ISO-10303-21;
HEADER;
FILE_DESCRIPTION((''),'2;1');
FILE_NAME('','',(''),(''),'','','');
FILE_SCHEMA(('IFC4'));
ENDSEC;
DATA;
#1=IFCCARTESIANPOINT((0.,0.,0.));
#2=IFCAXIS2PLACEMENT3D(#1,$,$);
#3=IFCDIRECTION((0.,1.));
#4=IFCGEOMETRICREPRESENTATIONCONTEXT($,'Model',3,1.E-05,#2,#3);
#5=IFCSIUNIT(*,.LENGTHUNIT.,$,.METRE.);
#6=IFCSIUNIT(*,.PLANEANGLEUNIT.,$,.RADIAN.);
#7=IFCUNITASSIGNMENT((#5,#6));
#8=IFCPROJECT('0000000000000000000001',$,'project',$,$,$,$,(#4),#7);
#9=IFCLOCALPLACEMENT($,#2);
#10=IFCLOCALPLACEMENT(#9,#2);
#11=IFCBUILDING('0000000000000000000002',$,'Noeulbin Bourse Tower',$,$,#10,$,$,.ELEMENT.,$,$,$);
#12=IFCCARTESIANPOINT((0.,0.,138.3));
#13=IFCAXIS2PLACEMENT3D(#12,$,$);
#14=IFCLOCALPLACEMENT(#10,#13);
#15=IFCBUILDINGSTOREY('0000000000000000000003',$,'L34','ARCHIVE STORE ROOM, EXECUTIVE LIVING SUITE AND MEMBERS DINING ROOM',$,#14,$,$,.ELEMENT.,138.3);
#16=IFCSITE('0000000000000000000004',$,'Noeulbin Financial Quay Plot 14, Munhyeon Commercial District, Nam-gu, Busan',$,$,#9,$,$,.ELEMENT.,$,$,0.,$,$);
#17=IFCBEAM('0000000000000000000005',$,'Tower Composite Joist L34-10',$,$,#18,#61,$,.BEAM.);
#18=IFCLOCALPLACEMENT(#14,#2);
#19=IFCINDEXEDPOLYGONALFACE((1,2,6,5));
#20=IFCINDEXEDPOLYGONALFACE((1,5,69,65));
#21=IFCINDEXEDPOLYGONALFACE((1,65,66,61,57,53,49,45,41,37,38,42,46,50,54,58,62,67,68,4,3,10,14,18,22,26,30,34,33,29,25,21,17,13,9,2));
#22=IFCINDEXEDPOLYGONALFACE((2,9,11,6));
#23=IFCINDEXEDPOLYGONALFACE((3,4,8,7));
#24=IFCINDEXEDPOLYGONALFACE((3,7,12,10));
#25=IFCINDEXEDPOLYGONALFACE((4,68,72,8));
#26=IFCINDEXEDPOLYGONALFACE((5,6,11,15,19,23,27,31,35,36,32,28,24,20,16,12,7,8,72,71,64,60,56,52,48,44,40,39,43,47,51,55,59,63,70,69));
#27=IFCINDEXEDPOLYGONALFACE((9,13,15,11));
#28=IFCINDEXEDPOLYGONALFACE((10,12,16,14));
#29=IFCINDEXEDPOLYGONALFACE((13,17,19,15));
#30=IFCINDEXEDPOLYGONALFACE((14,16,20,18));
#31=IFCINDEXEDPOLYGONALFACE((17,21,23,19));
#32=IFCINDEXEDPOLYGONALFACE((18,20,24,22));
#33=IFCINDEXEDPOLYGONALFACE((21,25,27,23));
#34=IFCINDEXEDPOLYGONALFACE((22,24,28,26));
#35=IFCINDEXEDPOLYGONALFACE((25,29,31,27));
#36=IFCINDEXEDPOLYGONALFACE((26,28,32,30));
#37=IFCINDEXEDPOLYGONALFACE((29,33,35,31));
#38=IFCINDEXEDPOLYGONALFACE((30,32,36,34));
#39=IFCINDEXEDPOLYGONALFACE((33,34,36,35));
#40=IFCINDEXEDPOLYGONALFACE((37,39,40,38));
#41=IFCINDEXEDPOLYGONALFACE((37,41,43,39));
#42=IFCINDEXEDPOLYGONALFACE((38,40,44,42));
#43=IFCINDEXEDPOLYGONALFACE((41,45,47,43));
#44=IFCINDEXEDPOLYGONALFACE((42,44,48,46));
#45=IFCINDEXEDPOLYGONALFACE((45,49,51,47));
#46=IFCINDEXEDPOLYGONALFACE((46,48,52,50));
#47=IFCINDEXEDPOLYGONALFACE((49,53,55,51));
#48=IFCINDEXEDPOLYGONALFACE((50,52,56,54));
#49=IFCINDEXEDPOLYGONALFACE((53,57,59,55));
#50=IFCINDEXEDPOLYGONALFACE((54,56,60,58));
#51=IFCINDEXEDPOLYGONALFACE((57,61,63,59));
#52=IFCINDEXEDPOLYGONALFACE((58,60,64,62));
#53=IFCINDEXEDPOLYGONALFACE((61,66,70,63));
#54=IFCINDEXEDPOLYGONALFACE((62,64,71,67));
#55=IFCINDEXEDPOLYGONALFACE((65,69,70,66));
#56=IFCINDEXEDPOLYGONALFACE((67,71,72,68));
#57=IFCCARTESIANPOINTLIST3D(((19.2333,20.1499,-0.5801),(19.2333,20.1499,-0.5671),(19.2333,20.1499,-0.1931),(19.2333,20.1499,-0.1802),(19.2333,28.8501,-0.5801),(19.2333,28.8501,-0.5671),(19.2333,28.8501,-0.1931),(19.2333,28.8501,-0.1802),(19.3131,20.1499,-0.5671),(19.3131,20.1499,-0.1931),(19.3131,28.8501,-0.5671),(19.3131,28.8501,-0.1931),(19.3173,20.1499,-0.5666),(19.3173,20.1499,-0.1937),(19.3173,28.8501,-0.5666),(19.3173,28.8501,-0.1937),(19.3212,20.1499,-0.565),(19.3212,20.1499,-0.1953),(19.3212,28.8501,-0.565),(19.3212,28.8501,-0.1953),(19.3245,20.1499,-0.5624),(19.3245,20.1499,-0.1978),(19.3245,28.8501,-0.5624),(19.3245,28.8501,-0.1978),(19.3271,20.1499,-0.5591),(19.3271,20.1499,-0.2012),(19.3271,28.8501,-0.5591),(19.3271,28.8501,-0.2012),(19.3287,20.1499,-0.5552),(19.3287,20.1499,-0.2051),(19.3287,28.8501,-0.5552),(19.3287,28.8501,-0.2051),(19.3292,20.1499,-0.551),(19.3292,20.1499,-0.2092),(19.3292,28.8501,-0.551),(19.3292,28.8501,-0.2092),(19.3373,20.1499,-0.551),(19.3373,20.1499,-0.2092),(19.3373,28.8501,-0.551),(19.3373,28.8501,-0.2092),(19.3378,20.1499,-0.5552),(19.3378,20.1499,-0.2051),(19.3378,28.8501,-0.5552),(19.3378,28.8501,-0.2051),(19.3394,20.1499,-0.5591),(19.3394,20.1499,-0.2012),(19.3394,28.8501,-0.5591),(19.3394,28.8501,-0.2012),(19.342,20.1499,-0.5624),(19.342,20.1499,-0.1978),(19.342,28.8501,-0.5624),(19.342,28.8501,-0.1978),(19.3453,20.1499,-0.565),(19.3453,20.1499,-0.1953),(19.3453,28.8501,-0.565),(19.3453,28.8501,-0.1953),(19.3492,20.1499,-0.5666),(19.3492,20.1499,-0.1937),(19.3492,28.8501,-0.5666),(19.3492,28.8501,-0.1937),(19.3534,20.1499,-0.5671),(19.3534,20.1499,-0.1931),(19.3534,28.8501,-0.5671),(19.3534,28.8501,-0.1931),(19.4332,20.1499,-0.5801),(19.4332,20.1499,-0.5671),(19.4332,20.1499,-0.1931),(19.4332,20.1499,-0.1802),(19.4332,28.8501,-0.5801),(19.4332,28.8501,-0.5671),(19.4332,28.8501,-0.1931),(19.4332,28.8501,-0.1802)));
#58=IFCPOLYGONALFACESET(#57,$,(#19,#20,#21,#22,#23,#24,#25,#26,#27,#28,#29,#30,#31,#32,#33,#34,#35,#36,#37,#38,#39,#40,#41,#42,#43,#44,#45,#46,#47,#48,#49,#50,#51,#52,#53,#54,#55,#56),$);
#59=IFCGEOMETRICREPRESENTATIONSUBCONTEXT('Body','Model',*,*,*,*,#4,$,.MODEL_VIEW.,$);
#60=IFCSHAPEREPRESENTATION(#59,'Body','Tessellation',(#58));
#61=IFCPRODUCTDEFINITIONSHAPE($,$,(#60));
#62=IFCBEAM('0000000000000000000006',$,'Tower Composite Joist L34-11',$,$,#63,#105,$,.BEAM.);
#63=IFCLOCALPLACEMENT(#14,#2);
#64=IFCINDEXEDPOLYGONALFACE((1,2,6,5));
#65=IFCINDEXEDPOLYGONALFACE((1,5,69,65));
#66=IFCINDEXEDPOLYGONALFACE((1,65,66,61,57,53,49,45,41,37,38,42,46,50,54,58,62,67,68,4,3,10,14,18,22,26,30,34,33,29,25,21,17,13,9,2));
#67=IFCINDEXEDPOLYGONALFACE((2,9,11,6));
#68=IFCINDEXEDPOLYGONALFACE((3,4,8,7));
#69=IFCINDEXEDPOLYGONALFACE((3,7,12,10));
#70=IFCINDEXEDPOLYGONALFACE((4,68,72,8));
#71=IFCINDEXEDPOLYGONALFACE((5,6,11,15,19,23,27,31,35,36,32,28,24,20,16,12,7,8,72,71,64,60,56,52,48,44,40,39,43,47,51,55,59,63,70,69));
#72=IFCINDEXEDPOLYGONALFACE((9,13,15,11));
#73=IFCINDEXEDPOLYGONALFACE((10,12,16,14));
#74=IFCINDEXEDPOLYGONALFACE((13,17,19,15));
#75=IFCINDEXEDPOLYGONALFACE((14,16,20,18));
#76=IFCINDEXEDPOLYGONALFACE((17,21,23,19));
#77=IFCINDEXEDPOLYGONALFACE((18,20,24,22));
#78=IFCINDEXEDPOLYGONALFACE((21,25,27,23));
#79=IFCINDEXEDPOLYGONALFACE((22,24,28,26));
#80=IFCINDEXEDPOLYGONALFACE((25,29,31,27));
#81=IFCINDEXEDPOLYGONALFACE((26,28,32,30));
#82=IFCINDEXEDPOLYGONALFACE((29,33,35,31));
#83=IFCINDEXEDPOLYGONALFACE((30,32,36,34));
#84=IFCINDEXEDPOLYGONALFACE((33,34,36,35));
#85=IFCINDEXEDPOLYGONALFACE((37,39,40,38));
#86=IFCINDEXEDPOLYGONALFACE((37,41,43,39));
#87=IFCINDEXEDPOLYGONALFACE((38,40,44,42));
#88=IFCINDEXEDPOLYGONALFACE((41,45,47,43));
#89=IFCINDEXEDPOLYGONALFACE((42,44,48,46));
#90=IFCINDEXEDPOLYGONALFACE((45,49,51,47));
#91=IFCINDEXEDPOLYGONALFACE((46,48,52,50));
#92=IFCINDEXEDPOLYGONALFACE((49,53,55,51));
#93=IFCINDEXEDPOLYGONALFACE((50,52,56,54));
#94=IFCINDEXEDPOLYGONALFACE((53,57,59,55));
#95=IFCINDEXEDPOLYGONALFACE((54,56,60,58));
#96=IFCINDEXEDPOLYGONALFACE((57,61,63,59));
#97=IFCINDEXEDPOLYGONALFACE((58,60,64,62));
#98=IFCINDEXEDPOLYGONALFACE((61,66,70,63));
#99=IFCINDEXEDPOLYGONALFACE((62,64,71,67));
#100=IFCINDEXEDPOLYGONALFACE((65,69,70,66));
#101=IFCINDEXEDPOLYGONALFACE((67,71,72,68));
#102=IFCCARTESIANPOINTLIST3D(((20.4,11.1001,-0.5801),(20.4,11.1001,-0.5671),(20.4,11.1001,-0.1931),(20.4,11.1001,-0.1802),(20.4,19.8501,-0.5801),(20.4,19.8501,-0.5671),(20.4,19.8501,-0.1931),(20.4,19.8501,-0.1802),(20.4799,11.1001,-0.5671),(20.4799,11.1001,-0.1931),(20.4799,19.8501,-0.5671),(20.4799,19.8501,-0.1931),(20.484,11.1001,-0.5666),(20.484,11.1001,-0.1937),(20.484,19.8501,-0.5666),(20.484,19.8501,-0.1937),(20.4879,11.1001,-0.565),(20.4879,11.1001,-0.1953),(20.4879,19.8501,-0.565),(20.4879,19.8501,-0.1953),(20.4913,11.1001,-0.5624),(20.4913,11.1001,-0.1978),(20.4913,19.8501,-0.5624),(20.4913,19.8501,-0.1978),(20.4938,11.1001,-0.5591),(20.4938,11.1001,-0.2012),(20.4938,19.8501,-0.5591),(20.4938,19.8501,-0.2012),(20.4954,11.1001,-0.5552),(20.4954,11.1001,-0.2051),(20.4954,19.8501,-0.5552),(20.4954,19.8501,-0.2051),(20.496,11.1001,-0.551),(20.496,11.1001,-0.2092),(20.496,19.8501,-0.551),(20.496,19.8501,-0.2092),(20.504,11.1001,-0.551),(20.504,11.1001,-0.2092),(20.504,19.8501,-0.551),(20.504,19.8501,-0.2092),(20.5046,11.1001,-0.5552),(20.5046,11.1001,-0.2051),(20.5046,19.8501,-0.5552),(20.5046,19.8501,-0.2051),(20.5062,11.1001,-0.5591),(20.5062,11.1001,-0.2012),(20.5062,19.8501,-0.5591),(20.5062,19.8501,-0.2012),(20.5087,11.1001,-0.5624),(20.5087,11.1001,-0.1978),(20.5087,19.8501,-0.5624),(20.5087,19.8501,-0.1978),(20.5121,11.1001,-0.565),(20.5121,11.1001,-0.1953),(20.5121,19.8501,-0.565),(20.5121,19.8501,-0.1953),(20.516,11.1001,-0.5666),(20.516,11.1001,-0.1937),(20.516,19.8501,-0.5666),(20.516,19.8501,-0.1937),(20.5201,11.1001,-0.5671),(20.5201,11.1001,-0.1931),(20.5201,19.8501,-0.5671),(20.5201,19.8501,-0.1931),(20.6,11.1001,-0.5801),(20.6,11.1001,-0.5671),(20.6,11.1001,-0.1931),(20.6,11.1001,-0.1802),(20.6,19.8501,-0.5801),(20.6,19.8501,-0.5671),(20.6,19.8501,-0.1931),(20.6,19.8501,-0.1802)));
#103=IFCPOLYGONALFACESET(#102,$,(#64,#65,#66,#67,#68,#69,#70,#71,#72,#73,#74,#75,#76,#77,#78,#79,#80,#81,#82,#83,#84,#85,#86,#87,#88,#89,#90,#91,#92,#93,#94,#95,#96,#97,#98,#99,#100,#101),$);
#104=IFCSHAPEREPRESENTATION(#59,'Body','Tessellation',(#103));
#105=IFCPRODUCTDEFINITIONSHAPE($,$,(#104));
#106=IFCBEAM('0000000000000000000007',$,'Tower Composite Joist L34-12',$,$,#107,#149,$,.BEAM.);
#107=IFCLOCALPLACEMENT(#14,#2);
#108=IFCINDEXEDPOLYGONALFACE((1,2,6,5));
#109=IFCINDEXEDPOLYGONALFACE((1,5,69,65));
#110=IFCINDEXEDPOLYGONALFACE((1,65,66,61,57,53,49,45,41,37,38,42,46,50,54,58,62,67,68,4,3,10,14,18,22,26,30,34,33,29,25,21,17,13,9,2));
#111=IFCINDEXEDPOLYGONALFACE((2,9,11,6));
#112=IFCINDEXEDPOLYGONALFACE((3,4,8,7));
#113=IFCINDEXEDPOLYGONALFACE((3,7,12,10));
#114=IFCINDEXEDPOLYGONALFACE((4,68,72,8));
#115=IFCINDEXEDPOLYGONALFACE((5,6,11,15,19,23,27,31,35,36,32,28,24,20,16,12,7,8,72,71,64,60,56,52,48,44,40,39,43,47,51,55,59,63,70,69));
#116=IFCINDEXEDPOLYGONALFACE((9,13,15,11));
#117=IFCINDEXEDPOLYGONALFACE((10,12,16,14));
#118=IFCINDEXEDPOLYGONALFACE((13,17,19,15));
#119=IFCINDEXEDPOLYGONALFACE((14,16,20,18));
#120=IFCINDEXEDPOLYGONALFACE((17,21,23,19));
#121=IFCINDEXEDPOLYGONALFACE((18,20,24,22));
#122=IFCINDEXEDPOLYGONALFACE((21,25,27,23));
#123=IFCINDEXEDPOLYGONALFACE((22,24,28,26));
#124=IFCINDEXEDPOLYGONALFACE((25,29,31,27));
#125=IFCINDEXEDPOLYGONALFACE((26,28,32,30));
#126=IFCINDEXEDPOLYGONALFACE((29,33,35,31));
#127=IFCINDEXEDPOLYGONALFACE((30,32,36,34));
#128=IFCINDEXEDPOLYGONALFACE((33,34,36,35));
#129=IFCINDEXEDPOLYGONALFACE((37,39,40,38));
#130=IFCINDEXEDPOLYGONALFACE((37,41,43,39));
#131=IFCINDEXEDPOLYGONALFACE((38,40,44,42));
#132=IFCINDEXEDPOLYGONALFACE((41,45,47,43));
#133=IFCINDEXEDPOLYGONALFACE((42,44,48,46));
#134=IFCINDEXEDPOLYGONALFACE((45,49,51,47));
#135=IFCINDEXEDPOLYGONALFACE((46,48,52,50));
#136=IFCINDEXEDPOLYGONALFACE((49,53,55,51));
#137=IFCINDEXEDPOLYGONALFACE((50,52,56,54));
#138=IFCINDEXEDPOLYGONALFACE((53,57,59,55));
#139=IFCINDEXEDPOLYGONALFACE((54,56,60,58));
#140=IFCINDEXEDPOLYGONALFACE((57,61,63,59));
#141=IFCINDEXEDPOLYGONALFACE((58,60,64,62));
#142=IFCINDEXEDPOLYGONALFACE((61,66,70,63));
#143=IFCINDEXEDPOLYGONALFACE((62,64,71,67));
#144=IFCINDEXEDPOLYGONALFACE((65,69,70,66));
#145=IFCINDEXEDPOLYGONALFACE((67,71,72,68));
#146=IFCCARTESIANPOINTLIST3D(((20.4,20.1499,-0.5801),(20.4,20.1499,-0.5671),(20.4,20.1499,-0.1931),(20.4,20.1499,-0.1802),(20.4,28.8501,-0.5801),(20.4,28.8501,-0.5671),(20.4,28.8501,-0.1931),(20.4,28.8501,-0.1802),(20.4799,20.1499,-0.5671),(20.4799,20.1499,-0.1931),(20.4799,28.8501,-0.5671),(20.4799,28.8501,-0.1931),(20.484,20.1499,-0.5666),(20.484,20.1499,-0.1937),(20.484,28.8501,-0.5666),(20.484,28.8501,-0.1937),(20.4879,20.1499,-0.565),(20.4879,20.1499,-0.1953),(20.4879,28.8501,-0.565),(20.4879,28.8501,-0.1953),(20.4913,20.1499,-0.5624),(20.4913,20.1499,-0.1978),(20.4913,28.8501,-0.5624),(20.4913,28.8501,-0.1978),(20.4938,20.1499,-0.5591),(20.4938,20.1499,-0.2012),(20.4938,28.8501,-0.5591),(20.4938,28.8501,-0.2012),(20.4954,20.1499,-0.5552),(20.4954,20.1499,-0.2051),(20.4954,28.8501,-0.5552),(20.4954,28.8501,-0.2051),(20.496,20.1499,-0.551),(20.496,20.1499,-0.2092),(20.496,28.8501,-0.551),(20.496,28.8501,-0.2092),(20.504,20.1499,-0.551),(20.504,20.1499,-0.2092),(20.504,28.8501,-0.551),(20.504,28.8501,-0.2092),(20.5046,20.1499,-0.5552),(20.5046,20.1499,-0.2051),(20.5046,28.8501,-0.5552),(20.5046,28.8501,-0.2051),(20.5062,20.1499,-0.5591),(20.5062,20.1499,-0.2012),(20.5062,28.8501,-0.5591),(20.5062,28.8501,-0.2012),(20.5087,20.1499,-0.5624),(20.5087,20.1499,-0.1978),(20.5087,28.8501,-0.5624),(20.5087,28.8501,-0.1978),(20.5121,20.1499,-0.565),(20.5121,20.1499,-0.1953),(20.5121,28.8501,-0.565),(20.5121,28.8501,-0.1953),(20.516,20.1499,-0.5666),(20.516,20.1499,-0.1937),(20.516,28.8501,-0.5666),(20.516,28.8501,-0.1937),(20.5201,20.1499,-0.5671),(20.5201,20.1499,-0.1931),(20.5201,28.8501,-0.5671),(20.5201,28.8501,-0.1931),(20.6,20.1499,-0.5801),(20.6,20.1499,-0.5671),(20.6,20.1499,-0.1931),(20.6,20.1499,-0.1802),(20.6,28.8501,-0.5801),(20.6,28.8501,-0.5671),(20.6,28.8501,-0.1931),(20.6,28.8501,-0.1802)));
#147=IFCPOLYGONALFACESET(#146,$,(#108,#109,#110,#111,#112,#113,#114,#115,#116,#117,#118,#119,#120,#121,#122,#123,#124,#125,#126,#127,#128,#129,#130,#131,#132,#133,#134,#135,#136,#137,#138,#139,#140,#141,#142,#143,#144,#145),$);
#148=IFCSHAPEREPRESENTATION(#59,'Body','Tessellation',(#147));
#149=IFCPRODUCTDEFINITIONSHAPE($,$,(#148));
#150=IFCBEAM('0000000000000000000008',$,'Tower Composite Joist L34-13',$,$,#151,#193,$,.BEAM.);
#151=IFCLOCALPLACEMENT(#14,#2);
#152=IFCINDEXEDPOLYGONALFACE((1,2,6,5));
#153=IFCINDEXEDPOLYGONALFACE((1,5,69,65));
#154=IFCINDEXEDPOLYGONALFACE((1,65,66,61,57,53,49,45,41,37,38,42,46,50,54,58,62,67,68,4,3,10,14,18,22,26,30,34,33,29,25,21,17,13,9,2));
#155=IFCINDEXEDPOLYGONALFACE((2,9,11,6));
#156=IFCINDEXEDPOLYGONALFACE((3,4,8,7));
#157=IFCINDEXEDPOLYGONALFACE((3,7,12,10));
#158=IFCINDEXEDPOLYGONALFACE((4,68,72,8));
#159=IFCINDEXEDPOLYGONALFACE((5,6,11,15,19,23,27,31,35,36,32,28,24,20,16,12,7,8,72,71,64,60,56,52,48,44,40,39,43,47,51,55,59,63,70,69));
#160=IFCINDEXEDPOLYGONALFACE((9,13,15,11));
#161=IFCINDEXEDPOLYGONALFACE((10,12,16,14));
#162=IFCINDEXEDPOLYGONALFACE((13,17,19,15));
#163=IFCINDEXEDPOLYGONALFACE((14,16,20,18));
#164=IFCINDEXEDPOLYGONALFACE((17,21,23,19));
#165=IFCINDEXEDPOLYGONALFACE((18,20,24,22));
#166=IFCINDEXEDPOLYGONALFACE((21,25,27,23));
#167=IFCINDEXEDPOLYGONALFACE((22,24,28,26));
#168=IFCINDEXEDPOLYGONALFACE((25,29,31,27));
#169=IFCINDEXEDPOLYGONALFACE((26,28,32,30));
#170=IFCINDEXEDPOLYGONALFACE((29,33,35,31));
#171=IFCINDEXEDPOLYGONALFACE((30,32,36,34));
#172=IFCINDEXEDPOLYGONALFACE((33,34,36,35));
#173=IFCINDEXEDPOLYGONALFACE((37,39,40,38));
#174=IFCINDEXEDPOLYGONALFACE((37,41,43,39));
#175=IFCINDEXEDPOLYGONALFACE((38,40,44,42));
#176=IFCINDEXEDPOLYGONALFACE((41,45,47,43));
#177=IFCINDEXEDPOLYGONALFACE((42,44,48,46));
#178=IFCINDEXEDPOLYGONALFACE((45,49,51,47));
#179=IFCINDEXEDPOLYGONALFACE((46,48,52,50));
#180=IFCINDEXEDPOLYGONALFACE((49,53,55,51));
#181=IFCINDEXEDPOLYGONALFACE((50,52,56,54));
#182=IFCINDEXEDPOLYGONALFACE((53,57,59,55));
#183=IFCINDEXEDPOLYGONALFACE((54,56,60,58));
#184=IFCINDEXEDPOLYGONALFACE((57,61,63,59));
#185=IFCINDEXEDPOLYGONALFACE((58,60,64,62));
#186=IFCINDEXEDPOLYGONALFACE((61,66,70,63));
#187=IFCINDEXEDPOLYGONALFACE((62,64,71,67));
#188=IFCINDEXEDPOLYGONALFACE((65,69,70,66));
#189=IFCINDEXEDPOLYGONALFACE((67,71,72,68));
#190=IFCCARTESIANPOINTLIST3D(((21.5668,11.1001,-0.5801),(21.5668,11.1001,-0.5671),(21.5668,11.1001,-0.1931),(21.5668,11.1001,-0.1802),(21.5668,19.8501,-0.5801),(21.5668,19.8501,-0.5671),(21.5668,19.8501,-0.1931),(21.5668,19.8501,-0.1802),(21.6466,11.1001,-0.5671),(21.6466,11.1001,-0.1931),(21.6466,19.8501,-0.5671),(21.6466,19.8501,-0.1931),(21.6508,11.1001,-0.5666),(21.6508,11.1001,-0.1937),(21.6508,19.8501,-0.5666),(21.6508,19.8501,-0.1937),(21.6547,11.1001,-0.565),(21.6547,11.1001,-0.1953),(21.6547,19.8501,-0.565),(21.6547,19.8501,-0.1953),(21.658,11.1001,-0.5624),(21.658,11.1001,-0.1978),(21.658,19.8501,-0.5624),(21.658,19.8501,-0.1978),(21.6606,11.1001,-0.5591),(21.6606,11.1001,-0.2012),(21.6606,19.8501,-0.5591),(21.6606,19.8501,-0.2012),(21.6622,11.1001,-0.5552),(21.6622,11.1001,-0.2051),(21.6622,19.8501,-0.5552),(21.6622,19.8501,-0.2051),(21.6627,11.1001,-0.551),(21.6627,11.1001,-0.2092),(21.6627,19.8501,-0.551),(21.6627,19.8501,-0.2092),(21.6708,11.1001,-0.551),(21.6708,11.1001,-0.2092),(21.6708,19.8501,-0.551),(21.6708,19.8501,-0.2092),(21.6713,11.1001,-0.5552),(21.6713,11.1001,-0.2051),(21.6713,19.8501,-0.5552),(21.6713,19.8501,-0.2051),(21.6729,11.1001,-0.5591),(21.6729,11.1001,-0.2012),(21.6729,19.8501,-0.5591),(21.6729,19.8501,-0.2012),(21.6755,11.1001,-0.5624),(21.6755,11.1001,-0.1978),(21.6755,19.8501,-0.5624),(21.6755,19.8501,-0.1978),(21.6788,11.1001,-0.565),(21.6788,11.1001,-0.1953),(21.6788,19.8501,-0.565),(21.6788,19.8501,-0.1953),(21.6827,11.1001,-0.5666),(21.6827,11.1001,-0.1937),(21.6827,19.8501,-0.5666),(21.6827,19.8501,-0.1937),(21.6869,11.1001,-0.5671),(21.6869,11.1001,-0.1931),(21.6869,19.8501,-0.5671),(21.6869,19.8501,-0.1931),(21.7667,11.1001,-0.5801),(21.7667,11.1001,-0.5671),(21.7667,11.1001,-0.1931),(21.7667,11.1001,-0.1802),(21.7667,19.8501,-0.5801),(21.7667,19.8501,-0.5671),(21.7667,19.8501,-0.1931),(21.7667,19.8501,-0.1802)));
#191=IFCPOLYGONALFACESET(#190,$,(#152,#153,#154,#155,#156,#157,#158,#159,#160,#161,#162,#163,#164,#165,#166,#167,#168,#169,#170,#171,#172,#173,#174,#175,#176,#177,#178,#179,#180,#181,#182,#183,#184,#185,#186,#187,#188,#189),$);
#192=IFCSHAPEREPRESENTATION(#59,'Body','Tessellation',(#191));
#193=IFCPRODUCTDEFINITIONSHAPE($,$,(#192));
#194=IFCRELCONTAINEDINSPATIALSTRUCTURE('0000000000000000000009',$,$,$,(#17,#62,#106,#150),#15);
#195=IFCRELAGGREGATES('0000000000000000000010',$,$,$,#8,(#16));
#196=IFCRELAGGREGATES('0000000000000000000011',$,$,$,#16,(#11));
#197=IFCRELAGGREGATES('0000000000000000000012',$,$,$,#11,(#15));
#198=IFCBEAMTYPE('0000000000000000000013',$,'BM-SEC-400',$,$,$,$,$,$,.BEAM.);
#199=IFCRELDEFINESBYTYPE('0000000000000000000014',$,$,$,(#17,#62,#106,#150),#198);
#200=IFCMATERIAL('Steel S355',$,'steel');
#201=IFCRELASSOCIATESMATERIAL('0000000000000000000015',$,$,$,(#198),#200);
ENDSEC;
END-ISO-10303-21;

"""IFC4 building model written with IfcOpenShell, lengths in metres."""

from ifc_helpers import new_model, si_unit, direction, frame, origin, origin_2d, place, context, subcontext, project, spatial, i_section, extrude, material, material_profile, profile_set, type_object, element, save


model = new_model("IFC4")

# Units and contexts
model_context = context("Model", 3, precision=1e-05, world=origin(), true_north=direction((0.0, 1.0)))
body_context = subcontext(model_context, "Body", "Model", "MODEL_VIEW")
ifc_project = project(units=[si_unit("LENGTHUNIT", "METRE"), si_unit("PLANEANGLEUNIT", "RADIAN")], contexts=[model_context])

# Site, building, storey
site_placement = place(None, origin())
site = spatial("IfcSite", under=ifc_project, at=site_placement, Name="Noeulbin Financial Quay Plot 14, Munhyeon Commercial District, Nam-gu, Busan", CompositionType="ELEMENT", RefElevation=0.0)
building_placement = place(site_placement, origin())
building = spatial("IfcBuilding", under=site, at=building_placement, Name="Noeulbin Bourse Tower", CompositionType="ELEMENT")
storey_placement = place(building_placement, frame((0.0, 0.0, 138.3)))
storey = spatial("IfcBuildingStorey", under=building, at=storey_placement, Name="L34", Description="ARCHIVE STORE ROOM, EXECUTIVE LIVING SUITE AND MEMBERS DINING ROOM", CompositionType="ELEMENT", Elevation=138.3)

# Shared definitions
ifc_material_1 = material(Name="Steel S355", Category="steel")

# Beams
ifc_material_profile_1 = material_profile(ifc_material_1, i_section(OverallWidth=0.2, OverallDepth=0.3999, WebThickness=0.0081, FlangeThickness=0.0129, FilletRadius=0.0161, at=origin_2d()), Name="H-400x200x8x13", Category="LoadBearing")
ifc_profile_set_1 = profile_set([ifc_material_profile_1], Name="Steel S355")
beam_type = type_object("IfcBeamType", Name="BM-SEC-400", PredefinedType="BEAM", material=ifc_profile_set_1)
beam_1_placement = place(storey_placement, frame((19.3333, 20.1499, -0.3801), z_axis=(0.0, 1.0, 0.0), x_axis=(-1.0, 0.0, 0.0)))
element("IfcBeam", 1, at=beam_1_placement, inside=storey, type_object=beam_type, Name="Tower Composite Joist L34-10", PredefinedType="BEAM", context=body_context, shape_type="SweptSolid", body=[
    extrude(i_section(OverallWidth=0.2, OverallDepth=0.3999, WebThickness=0.0081, FlangeThickness=0.0129, FilletRadius=0.0161, at=origin_2d()), origin(), (0.0, 0.0, 1.0), 8.7002),
])
beam_2_placement = place(storey_placement, frame((20.5, 11.1001, -0.3801), z_axis=(0.0, 1.0, 0.0), x_axis=(-1.0, 0.0, 0.0)))
element("IfcBeam", 2, at=beam_2_placement, inside=storey, type_object=beam_type, Name="Tower Composite Joist L34-11", PredefinedType="BEAM", context=body_context, shape_type="SweptSolid", body=[
    extrude(i_section(OverallWidth=0.2, OverallDepth=0.3999, WebThickness=0.0081, FlangeThickness=0.0129, FilletRadius=0.0161, at=origin_2d()), origin(), (0.0, 0.0, 1.0), 8.75),
])
beam_3_placement = place(storey_placement, frame((20.5, 20.1499, -0.3801), z_axis=(0.0, 1.0, 0.0), x_axis=(-1.0, 0.0, 0.0)))
element("IfcBeam", 3, at=beam_3_placement, inside=storey, type_object=beam_type, Name="Tower Composite Joist L34-12", PredefinedType="BEAM", context=body_context, shape_type="SweptSolid", body=[
    extrude(i_section(OverallWidth=0.2, OverallDepth=0.3999, WebThickness=0.0081, FlangeThickness=0.0129, FilletRadius=0.0161, at=origin_2d()), origin(), (0.0, 0.0, 1.0), 8.7002),
])
beam_4_placement = place(storey_placement, frame((21.6667, 11.1001, -0.3801), z_axis=(0.0, 1.0, 0.0), x_axis=(-1.0, 0.0, 0.0)))
element("IfcBeam", 4, at=beam_4_placement, inside=storey, type_object=beam_type, Name="Tower Composite Joist L34-13", PredefinedType="BEAM", context=body_context, shape_type="SweptSolid", body=[
    extrude(i_section(OverallWidth=0.2, OverallDepth=0.3999, WebThickness=0.0081, FlangeThickness=0.0129, FilletRadius=0.0161, at=origin_2d()), origin(), (0.0, 0.0, 1.0), 8.75),
])

save(model, "model.ifc")
